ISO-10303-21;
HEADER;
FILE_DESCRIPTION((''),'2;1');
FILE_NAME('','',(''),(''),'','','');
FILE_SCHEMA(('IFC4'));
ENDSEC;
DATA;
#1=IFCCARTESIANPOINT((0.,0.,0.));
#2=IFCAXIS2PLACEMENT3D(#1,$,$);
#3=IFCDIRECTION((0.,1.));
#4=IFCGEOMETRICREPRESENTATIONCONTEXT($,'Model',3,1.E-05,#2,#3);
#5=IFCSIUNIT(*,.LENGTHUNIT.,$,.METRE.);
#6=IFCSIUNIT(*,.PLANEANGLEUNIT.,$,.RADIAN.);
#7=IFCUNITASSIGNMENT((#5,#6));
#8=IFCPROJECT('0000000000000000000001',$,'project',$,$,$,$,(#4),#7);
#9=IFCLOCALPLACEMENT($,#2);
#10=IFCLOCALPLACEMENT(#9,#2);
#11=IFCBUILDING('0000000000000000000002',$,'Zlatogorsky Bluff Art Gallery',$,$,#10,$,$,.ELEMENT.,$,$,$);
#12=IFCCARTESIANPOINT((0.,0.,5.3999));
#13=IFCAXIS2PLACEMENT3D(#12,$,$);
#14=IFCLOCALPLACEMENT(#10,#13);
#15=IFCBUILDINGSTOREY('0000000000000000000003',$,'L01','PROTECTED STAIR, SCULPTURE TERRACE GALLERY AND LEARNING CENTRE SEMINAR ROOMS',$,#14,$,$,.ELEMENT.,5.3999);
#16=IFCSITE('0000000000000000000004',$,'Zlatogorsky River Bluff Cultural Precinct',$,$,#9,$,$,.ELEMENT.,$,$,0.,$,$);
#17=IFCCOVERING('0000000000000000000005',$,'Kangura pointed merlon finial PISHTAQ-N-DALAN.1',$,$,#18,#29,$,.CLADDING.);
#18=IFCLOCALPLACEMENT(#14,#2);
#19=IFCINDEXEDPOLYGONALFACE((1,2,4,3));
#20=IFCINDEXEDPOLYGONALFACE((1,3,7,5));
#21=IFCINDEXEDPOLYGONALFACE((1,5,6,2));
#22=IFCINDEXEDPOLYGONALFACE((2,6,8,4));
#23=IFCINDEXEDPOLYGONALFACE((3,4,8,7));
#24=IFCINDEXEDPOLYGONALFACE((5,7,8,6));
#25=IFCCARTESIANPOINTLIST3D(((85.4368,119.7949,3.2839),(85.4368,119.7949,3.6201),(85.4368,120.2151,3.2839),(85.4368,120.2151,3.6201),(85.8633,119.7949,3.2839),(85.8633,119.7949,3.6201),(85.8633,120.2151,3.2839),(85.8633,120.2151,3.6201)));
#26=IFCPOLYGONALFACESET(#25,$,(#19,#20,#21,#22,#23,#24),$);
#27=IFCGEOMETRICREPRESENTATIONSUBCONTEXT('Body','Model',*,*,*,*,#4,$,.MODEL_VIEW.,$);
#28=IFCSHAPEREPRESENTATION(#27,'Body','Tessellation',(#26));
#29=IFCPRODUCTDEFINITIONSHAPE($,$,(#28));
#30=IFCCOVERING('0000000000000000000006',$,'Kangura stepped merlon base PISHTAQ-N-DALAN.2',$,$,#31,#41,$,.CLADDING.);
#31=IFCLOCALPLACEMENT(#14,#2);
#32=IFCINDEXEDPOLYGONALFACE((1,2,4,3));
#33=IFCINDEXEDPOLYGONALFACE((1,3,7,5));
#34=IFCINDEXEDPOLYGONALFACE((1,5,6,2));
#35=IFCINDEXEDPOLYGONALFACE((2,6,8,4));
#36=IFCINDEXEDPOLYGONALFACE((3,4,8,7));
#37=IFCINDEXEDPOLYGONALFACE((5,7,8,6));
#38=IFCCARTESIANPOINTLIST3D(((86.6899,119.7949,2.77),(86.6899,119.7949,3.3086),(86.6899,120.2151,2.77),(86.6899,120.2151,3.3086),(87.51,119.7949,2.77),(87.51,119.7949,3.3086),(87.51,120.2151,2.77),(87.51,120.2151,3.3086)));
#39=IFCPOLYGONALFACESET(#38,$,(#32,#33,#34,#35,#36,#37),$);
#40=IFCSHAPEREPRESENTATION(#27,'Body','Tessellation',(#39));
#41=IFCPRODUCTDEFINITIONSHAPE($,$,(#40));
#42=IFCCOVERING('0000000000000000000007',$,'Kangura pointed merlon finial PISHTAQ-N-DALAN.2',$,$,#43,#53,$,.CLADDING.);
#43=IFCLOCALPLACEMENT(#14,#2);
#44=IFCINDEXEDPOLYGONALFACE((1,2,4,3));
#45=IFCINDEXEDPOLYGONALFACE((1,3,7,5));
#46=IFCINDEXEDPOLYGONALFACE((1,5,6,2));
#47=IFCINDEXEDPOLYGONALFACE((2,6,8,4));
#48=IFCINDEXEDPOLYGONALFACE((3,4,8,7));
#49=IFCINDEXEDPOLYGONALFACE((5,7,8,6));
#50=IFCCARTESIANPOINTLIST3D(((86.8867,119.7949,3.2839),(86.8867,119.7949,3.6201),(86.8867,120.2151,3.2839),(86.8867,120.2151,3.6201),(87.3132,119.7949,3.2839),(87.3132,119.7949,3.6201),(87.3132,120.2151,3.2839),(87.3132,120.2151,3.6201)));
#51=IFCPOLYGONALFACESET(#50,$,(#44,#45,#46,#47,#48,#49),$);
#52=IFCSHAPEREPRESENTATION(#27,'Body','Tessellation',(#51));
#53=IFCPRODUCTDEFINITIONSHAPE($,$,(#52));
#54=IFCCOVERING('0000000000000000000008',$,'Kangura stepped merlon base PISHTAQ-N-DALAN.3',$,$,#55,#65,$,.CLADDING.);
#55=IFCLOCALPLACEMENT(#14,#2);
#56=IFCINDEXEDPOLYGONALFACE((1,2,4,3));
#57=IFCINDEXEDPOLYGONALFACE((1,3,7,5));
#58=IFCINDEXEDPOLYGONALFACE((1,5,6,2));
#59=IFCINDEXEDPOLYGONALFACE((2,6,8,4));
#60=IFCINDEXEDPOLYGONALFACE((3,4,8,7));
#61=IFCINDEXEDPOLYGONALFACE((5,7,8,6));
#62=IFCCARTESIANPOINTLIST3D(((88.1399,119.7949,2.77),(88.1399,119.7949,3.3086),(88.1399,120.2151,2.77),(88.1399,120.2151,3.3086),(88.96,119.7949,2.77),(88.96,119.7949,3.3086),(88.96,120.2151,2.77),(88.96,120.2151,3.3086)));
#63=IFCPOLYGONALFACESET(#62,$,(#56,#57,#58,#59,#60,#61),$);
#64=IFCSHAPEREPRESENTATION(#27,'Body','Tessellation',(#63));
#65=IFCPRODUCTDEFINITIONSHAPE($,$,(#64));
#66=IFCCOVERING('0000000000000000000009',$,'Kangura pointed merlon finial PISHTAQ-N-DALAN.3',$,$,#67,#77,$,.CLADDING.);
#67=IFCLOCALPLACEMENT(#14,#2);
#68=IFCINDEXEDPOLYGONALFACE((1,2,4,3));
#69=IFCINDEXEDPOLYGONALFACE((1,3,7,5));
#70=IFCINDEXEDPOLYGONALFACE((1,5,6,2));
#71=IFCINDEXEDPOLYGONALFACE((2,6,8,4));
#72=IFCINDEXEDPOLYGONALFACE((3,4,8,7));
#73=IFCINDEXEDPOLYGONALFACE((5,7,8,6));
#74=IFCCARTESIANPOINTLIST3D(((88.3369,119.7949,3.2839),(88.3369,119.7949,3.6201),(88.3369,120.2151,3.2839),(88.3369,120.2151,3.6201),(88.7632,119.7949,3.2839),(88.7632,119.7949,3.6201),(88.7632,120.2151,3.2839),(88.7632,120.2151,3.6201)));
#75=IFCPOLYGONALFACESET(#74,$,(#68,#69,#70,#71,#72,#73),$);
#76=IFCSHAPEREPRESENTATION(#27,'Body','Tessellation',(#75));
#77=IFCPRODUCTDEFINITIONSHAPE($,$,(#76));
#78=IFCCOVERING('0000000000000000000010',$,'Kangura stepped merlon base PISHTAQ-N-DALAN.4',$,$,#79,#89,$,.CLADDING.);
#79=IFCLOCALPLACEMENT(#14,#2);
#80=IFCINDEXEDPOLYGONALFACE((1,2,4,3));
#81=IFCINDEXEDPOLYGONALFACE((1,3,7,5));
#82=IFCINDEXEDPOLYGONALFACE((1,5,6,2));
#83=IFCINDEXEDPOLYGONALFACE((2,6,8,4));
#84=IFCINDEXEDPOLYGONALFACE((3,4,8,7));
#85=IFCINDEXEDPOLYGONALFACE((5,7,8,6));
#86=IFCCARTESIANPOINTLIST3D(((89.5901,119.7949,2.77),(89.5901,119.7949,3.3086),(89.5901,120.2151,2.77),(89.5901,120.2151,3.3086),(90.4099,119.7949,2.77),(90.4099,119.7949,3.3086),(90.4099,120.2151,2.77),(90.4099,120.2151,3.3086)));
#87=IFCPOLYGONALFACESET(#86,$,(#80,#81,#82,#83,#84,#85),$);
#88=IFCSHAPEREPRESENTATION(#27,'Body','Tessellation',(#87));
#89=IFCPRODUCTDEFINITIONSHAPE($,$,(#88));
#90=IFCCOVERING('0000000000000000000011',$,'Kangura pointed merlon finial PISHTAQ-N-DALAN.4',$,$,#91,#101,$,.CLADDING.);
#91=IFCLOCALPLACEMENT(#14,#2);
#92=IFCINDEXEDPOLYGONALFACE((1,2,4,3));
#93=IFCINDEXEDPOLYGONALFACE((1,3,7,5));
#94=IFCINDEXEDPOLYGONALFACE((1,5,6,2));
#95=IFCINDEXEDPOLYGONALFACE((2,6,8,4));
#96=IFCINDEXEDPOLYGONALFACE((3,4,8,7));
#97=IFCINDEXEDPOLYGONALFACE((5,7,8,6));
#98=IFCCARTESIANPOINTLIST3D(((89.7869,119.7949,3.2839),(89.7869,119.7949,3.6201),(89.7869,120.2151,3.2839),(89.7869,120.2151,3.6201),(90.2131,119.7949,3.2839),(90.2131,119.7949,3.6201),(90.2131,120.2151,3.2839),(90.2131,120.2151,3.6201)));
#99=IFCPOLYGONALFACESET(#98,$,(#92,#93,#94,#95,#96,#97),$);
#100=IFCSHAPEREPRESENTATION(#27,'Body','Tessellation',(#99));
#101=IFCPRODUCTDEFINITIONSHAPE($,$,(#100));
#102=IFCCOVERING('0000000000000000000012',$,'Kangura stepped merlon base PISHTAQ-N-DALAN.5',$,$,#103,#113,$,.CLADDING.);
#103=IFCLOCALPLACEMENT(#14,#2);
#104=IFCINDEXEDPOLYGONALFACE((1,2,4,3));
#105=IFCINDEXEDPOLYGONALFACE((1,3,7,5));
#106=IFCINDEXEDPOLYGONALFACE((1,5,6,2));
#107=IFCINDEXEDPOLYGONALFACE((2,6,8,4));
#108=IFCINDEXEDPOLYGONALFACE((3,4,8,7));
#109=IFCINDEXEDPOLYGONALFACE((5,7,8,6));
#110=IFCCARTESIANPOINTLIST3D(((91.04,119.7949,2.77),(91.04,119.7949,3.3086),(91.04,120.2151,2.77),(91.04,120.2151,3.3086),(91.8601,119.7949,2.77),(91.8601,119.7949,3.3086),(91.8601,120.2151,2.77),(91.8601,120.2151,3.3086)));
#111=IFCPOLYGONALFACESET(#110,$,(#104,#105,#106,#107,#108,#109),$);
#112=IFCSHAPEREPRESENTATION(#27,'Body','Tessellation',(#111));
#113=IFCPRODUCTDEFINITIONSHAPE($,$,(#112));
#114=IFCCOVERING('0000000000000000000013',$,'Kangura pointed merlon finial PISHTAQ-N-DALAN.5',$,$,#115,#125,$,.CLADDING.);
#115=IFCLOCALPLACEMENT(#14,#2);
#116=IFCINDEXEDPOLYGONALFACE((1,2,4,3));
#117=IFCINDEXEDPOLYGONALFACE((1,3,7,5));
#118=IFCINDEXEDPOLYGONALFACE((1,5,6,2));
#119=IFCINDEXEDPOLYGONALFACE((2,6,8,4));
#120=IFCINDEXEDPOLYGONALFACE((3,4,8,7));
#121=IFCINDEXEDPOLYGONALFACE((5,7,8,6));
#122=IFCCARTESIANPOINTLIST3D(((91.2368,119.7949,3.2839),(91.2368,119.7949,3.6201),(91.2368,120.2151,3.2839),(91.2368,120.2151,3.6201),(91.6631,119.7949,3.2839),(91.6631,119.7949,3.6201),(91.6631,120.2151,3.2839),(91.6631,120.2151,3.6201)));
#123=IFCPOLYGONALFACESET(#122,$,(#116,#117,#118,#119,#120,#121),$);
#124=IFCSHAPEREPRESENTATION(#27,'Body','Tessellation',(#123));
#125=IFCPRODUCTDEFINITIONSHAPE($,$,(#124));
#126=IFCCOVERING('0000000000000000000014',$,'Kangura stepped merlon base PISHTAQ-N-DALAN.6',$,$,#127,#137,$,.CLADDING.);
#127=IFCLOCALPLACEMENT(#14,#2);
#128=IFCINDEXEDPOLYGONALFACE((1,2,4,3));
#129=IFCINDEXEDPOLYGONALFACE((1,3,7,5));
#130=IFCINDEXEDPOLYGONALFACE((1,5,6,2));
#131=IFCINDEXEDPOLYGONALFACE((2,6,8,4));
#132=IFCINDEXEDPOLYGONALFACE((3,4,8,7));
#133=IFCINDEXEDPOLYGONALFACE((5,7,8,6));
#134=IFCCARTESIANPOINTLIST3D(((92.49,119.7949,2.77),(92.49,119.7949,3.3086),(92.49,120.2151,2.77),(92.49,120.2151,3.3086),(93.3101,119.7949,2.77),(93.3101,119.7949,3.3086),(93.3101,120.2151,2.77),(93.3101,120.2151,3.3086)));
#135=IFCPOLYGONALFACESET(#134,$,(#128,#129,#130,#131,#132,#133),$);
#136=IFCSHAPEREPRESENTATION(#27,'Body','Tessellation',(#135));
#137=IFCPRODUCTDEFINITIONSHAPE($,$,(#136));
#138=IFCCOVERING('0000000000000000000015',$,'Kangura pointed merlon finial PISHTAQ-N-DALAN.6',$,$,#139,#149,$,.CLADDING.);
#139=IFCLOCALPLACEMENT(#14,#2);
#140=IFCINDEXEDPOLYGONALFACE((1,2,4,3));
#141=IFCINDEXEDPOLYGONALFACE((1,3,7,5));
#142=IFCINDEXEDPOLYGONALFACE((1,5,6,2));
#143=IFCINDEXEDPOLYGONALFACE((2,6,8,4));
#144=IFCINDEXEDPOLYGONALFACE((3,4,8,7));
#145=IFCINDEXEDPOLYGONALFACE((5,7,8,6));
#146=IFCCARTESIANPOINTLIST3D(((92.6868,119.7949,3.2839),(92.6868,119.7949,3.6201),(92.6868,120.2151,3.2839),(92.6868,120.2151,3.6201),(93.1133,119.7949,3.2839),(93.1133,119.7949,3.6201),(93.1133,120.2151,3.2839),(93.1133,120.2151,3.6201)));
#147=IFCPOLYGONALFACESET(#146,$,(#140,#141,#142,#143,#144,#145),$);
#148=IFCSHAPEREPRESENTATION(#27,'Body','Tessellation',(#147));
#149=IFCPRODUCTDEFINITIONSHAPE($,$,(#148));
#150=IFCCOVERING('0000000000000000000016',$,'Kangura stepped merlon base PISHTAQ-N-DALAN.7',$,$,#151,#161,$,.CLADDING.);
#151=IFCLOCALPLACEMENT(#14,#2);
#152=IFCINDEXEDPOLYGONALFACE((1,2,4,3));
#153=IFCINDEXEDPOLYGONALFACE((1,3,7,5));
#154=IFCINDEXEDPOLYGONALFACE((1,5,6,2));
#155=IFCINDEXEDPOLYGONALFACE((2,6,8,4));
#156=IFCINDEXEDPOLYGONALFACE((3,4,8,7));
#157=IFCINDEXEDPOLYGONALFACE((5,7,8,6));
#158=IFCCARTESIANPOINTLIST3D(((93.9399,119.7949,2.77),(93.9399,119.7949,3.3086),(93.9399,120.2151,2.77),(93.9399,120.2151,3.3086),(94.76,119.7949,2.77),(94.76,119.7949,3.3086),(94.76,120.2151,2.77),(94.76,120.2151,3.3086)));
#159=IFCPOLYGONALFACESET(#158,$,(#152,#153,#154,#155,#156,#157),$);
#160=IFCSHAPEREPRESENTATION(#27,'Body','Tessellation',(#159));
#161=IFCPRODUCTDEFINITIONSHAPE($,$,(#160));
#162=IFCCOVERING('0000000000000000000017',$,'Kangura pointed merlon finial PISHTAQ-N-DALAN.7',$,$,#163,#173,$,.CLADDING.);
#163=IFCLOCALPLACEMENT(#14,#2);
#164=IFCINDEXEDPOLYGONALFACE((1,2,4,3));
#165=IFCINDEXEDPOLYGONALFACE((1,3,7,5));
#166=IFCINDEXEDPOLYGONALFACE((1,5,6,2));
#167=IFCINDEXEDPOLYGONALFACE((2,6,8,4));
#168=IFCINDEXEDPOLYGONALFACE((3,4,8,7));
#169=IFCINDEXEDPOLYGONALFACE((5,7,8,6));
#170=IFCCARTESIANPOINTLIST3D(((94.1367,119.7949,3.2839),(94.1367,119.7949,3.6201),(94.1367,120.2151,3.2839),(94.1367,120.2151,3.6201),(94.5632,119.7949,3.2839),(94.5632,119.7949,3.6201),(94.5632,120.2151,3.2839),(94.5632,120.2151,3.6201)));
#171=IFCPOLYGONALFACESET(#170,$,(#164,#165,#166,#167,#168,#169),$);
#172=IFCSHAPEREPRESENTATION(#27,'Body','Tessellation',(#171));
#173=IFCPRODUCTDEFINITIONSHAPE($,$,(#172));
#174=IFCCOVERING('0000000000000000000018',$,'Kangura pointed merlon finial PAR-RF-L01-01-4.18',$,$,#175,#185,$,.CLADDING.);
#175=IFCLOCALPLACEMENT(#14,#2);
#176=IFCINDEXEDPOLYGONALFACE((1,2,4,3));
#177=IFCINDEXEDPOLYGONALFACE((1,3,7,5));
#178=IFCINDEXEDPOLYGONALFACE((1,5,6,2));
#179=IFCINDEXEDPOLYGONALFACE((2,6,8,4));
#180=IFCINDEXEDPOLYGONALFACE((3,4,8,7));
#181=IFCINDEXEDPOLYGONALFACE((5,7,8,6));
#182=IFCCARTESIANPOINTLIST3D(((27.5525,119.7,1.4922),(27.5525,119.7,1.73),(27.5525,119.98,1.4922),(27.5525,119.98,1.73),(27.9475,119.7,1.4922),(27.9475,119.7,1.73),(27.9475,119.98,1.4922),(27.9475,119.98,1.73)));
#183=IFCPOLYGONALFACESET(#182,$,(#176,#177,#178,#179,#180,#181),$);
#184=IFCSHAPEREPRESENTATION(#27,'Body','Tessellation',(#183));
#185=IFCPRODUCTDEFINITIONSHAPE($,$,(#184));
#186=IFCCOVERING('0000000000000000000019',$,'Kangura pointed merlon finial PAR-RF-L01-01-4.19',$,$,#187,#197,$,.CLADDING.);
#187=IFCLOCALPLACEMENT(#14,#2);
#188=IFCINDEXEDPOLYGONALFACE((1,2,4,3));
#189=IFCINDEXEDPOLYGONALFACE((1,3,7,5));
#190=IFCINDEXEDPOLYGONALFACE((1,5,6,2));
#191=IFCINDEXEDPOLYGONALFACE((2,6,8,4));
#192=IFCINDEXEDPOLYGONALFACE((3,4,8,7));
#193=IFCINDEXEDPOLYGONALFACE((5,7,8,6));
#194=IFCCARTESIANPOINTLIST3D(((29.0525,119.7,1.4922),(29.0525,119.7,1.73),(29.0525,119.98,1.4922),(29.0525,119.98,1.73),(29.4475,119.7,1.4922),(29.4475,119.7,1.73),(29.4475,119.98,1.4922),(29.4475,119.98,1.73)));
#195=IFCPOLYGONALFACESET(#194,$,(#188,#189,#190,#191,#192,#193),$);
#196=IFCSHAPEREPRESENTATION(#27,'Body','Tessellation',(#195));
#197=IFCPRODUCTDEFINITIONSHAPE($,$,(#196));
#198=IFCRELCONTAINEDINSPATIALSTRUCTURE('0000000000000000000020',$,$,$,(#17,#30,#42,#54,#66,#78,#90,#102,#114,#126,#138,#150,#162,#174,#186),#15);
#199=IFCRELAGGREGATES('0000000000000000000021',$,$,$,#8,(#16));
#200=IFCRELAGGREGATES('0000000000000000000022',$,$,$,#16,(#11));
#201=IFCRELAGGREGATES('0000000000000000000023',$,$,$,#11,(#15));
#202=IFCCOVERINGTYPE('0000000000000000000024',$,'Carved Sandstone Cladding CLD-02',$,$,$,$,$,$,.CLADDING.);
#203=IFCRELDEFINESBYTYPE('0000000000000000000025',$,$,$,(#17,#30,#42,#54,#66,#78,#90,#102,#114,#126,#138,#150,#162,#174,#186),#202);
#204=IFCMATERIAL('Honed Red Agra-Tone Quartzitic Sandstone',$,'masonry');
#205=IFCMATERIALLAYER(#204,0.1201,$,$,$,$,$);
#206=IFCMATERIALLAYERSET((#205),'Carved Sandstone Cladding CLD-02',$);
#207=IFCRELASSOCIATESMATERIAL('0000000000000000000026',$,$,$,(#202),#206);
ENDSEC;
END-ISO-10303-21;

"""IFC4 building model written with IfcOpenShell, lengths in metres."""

from ifc_helpers import new_model, si_unit, direction, frame, origin, place, context, subcontext, project, spatial, polyline, outline, extrude, material, layer, layer_set, type_object, element, save


model = new_model("IFC4")

# Units and contexts
model_context = context("Model", 3, precision=1e-05, world=origin(), true_north=direction((0.0, 1.0)))
body_context = subcontext(model_context, "Body", "Model", "MODEL_VIEW")
ifc_project = project(units=[si_unit("LENGTHUNIT", "METRE"), si_unit("PLANEANGLEUNIT", "RADIAN")], contexts=[model_context])

# Site, building, storey
site_placement = place(None, origin())
site = spatial("IfcSite", under=ifc_project, at=site_placement, Name="Zlatogorsky River Bluff Cultural Precinct", CompositionType="ELEMENT", RefElevation=0.0)
building_placement = place(site_placement, origin())
building = spatial("IfcBuilding", under=site, at=building_placement, Name="Zlatogorsky Bluff Art Gallery", CompositionType="ELEMENT")
storey_placement = place(building_placement, frame((0.0, 0.0, 5.3999)))
storey = spatial("IfcBuildingStorey", under=building, at=storey_placement, Name="L01", Description="PROTECTED STAIR, SCULPTURE TERRACE GALLERY AND LEARNING CENTRE SEMINAR ROOMS", CompositionType="ELEMENT", Elevation=5.3999)

# Coverings
ifc_material = material(Name="Honed Red Agra-Tone Quartzitic Sandstone", Category="masonry")
ifc_layer = layer(ifc_material, 0.1201)
ifc_layer_set = layer_set([ifc_layer], Name="Carved Sandstone Cladding CLD-02")
covering_type = type_object("IfcCoveringType", Name="Carved Sandstone Cladding CLD-02", PredefinedType="CLADDING", material=ifc_layer_set)
covering_1_placement = place(storey_placement, frame((0.0, 0.0, 3.2839)))
element("IfcCovering", 1, at=covering_1_placement, inside=storey, type_object=covering_type, Name="Kangura pointed merlon finial PISHTAQ-N-DALAN.1", PredefinedType="CLADDING", context=body_context, shape_type="SweptSolid", body=[
    extrude(outline(polyline([(85.4368, 119.7949), (85.8633, 119.7949), (85.8633, 120.2151), (85.4368, 120.2151), (85.4368, 119.7949)])), origin(), (0.0, 0.0, 1.0), 0.3362),
])
covering_2_placement = place(storey_placement, frame((0.0, 0.0, 2.77)))
element("IfcCovering", 2, at=covering_2_placement, inside=storey, type_object=covering_type, Name="Kangura stepped merlon base PISHTAQ-N-DALAN.2", PredefinedType="CLADDING", context=body_context, shape_type="SweptSolid", body=[
    extrude(outline(polyline([(86.6899, 119.7949), (87.51, 119.7949), (87.51, 120.2151), (86.6899, 120.2151), (86.6899, 119.7949)])), origin(), (0.0, 0.0, 1.0), 0.5386),
])
covering_3_placement = place(storey_placement, frame((0.0, 0.0, 3.2839)))
element("IfcCovering", 3, at=covering_3_placement, inside=storey, type_object=covering_type, Name="Kangura pointed merlon finial PISHTAQ-N-DALAN.2", PredefinedType="CLADDING", context=body_context, shape_type="SweptSolid", body=[
    extrude(outline(polyline([(86.8867, 119.7949), (87.3132, 119.7949), (87.3132, 120.2151), (86.8867, 120.2151), (86.8867, 119.7949)])), origin(), (0.0, 0.0, 1.0), 0.3362),
])
covering_4_placement = place(storey_placement, frame((0.0, 0.0, 2.77)))
element("IfcCovering", 4, at=covering_4_placement, inside=storey, type_object=covering_type, Name="Kangura stepped merlon base PISHTAQ-N-DALAN.3", PredefinedType="CLADDING", context=body_context, shape_type="SweptSolid", body=[
    extrude(outline(polyline([(88.1399, 119.7949), (88.96, 119.7949), (88.96, 120.2151), (88.1399, 120.2151), (88.1399, 119.7949)])), origin(), (0.0, 0.0, 1.0), 0.5386),
])
covering_5_placement = place(storey_placement, frame((0.0, 0.0, 3.2839)))
element("IfcCovering", 5, at=covering_5_placement, inside=storey, type_object=covering_type, Name="Kangura pointed merlon finial PISHTAQ-N-DALAN.3", PredefinedType="CLADDING", context=body_context, shape_type="SweptSolid", body=[
    extrude(outline(polyline([(88.3369, 119.7949), (88.7632, 119.7949), (88.7632, 120.2151), (88.3369, 120.2151), (88.3369, 119.7949)])), origin(), (0.0, 0.0, 1.0), 0.3362),
])
covering_6_placement = place(storey_placement, frame((0.0, 0.0, 2.77)))
element("IfcCovering", 6, at=covering_6_placement, inside=storey, type_object=covering_type, Name="Kangura stepped merlon base PISHTAQ-N-DALAN.4", PredefinedType="CLADDING", context=body_context, shape_type="SweptSolid", body=[
    extrude(outline(polyline([(89.5901, 119.7949), (90.4099, 119.7949), (90.4099, 120.2151), (89.5901, 120.2151), (89.5901, 119.7949)])), origin(), (0.0, 0.0, 1.0), 0.5386),
])
covering_7_placement = place(storey_placement, frame((0.0, 0.0, 3.2839)))
element("IfcCovering", 7, at=covering_7_placement, inside=storey, type_object=covering_type, Name="Kangura pointed merlon finial PISHTAQ-N-DALAN.4", PredefinedType="CLADDING", context=body_context, shape_type="SweptSolid", body=[
    extrude(outline(polyline([(89.7869, 119.7949), (90.2131, 119.7949), (90.2131, 120.2151), (89.7869, 120.2151), (89.7869, 119.7949)])), origin(), (0.0, 0.0, 1.0), 0.3362),
])
covering_8_placement = place(storey_placement, frame((0.0, 0.0, 2.77)))
element("IfcCovering", 8, at=covering_8_placement, inside=storey, type_object=covering_type, Name="Kangura stepped merlon base PISHTAQ-N-DALAN.5", PredefinedType="CLADDING", context=body_context, shape_type="SweptSolid", body=[
    extrude(outline(polyline([(91.04, 119.7949), (91.8601, 119.7949), (91.8601, 120.2151), (91.04, 120.2151), (91.04, 119.7949)])), origin(), (0.0, 0.0, 1.0), 0.5386),
])
covering_9_placement = place(storey_placement, frame((0.0, 0.0, 3.2839)))
element("IfcCovering", 9, at=covering_9_placement, inside=storey, type_object=covering_type, Name="Kangura pointed merlon finial PISHTAQ-N-DALAN.5", PredefinedType="CLADDING", context=body_context, shape_type="SweptSolid", body=[
    extrude(outline(polyline([(91.2368, 119.7949), (91.6631, 119.7949), (91.6631, 120.2151), (91.2368, 120.2151), (91.2368, 119.7949)])), origin(), (0.0, 0.0, 1.0), 0.3362),
])
covering_10_placement = place(storey_placement, frame((0.0, 0.0, 2.77)))
element("IfcCovering", 10, at=covering_10_placement, inside=storey, type_object=covering_type, Name="Kangura stepped merlon base PISHTAQ-N-DALAN.6", PredefinedType="CLADDING", context=body_context, shape_type="SweptSolid", body=[
    extrude(outline(polyline([(92.49, 119.7949), (93.3101, 119.7949), (93.3101, 120.2151), (92.49, 120.2151), (92.49, 119.7949)])), origin(), (0.0, 0.0, 1.0), 0.5386),
])
covering_11_placement = place(storey_placement, frame((0.0, 0.0, 3.2839)))
element("IfcCovering", 11, at=covering_11_placement, inside=storey, type_object=covering_type, Name="Kangura pointed merlon finial PISHTAQ-N-DALAN.6", PredefinedType="CLADDING", context=body_context, shape_type="SweptSolid", body=[
    extrude(outline(polyline([(92.6868, 119.7949), (93.1133, 119.7949), (93.1133, 120.2151), (92.6868, 120.2151), (92.6868, 119.7949)])), origin(), (0.0, 0.0, 1.0), 0.3362),
])
covering_12_placement = place(storey_placement, frame((0.0, 0.0, 2.77)))
element("IfcCovering", 12, at=covering_12_placement, inside=storey, type_object=covering_type, Name="Kangura stepped merlon base PISHTAQ-N-DALAN.7", PredefinedType="CLADDING", context=body_context, shape_type="SweptSolid", body=[
    extrude(outline(polyline([(93.9399, 119.7949), (94.76, 119.7949), (94.76, 120.2151), (93.9399, 120.2151), (93.9399, 119.7949)])), origin(), (0.0, 0.0, 1.0), 0.5386),
])
covering_13_placement = place(storey_placement, frame((0.0, 0.0, 3.2839)))
element("IfcCovering", 13, at=covering_13_placement, inside=storey, type_object=covering_type, Name="Kangura pointed merlon finial PISHTAQ-N-DALAN.7", PredefinedType="CLADDING", context=body_context, shape_type="SweptSolid", body=[
    extrude(outline(polyline([(94.1367, 119.7949), (94.5632, 119.7949), (94.5632, 120.2151), (94.1367, 120.2151), (94.1367, 119.7949)])), origin(), (0.0, 0.0, 1.0), 0.3362),
])
covering_14_placement = place(storey_placement, frame((0.0, 0.0, 1.4922)))
element("IfcCovering", 14, at=covering_14_placement, inside=storey, type_object=covering_type, Name="Kangura pointed merlon finial PAR-RF-L01-01-4.18", PredefinedType="CLADDING", context=body_context, shape_type="SweptSolid", body=[
    extrude(outline(polyline([(27.5525, 119.7), (27.9475, 119.7), (27.9475, 119.98), (27.5525, 119.98), (27.5525, 119.7)])), origin(), (0.0, 0.0, 1.0), 0.2378),
])
covering_15_placement = place(storey_placement, frame((0.0, 0.0, 1.4922)))
element("IfcCovering", 15, at=covering_15_placement, inside=storey, type_object=covering_type, Name="Kangura pointed merlon finial PAR-RF-L01-01-4.19", PredefinedType="CLADDING", context=body_context, shape_type="SweptSolid", body=[
    extrude(outline(polyline([(29.0525, 119.7), (29.4475, 119.7), (29.4475, 119.98), (29.0525, 119.98), (29.0525, 119.7)])), origin(), (0.0, 0.0, 1.0), 0.2378),
])

save(model, "model.ifc")
